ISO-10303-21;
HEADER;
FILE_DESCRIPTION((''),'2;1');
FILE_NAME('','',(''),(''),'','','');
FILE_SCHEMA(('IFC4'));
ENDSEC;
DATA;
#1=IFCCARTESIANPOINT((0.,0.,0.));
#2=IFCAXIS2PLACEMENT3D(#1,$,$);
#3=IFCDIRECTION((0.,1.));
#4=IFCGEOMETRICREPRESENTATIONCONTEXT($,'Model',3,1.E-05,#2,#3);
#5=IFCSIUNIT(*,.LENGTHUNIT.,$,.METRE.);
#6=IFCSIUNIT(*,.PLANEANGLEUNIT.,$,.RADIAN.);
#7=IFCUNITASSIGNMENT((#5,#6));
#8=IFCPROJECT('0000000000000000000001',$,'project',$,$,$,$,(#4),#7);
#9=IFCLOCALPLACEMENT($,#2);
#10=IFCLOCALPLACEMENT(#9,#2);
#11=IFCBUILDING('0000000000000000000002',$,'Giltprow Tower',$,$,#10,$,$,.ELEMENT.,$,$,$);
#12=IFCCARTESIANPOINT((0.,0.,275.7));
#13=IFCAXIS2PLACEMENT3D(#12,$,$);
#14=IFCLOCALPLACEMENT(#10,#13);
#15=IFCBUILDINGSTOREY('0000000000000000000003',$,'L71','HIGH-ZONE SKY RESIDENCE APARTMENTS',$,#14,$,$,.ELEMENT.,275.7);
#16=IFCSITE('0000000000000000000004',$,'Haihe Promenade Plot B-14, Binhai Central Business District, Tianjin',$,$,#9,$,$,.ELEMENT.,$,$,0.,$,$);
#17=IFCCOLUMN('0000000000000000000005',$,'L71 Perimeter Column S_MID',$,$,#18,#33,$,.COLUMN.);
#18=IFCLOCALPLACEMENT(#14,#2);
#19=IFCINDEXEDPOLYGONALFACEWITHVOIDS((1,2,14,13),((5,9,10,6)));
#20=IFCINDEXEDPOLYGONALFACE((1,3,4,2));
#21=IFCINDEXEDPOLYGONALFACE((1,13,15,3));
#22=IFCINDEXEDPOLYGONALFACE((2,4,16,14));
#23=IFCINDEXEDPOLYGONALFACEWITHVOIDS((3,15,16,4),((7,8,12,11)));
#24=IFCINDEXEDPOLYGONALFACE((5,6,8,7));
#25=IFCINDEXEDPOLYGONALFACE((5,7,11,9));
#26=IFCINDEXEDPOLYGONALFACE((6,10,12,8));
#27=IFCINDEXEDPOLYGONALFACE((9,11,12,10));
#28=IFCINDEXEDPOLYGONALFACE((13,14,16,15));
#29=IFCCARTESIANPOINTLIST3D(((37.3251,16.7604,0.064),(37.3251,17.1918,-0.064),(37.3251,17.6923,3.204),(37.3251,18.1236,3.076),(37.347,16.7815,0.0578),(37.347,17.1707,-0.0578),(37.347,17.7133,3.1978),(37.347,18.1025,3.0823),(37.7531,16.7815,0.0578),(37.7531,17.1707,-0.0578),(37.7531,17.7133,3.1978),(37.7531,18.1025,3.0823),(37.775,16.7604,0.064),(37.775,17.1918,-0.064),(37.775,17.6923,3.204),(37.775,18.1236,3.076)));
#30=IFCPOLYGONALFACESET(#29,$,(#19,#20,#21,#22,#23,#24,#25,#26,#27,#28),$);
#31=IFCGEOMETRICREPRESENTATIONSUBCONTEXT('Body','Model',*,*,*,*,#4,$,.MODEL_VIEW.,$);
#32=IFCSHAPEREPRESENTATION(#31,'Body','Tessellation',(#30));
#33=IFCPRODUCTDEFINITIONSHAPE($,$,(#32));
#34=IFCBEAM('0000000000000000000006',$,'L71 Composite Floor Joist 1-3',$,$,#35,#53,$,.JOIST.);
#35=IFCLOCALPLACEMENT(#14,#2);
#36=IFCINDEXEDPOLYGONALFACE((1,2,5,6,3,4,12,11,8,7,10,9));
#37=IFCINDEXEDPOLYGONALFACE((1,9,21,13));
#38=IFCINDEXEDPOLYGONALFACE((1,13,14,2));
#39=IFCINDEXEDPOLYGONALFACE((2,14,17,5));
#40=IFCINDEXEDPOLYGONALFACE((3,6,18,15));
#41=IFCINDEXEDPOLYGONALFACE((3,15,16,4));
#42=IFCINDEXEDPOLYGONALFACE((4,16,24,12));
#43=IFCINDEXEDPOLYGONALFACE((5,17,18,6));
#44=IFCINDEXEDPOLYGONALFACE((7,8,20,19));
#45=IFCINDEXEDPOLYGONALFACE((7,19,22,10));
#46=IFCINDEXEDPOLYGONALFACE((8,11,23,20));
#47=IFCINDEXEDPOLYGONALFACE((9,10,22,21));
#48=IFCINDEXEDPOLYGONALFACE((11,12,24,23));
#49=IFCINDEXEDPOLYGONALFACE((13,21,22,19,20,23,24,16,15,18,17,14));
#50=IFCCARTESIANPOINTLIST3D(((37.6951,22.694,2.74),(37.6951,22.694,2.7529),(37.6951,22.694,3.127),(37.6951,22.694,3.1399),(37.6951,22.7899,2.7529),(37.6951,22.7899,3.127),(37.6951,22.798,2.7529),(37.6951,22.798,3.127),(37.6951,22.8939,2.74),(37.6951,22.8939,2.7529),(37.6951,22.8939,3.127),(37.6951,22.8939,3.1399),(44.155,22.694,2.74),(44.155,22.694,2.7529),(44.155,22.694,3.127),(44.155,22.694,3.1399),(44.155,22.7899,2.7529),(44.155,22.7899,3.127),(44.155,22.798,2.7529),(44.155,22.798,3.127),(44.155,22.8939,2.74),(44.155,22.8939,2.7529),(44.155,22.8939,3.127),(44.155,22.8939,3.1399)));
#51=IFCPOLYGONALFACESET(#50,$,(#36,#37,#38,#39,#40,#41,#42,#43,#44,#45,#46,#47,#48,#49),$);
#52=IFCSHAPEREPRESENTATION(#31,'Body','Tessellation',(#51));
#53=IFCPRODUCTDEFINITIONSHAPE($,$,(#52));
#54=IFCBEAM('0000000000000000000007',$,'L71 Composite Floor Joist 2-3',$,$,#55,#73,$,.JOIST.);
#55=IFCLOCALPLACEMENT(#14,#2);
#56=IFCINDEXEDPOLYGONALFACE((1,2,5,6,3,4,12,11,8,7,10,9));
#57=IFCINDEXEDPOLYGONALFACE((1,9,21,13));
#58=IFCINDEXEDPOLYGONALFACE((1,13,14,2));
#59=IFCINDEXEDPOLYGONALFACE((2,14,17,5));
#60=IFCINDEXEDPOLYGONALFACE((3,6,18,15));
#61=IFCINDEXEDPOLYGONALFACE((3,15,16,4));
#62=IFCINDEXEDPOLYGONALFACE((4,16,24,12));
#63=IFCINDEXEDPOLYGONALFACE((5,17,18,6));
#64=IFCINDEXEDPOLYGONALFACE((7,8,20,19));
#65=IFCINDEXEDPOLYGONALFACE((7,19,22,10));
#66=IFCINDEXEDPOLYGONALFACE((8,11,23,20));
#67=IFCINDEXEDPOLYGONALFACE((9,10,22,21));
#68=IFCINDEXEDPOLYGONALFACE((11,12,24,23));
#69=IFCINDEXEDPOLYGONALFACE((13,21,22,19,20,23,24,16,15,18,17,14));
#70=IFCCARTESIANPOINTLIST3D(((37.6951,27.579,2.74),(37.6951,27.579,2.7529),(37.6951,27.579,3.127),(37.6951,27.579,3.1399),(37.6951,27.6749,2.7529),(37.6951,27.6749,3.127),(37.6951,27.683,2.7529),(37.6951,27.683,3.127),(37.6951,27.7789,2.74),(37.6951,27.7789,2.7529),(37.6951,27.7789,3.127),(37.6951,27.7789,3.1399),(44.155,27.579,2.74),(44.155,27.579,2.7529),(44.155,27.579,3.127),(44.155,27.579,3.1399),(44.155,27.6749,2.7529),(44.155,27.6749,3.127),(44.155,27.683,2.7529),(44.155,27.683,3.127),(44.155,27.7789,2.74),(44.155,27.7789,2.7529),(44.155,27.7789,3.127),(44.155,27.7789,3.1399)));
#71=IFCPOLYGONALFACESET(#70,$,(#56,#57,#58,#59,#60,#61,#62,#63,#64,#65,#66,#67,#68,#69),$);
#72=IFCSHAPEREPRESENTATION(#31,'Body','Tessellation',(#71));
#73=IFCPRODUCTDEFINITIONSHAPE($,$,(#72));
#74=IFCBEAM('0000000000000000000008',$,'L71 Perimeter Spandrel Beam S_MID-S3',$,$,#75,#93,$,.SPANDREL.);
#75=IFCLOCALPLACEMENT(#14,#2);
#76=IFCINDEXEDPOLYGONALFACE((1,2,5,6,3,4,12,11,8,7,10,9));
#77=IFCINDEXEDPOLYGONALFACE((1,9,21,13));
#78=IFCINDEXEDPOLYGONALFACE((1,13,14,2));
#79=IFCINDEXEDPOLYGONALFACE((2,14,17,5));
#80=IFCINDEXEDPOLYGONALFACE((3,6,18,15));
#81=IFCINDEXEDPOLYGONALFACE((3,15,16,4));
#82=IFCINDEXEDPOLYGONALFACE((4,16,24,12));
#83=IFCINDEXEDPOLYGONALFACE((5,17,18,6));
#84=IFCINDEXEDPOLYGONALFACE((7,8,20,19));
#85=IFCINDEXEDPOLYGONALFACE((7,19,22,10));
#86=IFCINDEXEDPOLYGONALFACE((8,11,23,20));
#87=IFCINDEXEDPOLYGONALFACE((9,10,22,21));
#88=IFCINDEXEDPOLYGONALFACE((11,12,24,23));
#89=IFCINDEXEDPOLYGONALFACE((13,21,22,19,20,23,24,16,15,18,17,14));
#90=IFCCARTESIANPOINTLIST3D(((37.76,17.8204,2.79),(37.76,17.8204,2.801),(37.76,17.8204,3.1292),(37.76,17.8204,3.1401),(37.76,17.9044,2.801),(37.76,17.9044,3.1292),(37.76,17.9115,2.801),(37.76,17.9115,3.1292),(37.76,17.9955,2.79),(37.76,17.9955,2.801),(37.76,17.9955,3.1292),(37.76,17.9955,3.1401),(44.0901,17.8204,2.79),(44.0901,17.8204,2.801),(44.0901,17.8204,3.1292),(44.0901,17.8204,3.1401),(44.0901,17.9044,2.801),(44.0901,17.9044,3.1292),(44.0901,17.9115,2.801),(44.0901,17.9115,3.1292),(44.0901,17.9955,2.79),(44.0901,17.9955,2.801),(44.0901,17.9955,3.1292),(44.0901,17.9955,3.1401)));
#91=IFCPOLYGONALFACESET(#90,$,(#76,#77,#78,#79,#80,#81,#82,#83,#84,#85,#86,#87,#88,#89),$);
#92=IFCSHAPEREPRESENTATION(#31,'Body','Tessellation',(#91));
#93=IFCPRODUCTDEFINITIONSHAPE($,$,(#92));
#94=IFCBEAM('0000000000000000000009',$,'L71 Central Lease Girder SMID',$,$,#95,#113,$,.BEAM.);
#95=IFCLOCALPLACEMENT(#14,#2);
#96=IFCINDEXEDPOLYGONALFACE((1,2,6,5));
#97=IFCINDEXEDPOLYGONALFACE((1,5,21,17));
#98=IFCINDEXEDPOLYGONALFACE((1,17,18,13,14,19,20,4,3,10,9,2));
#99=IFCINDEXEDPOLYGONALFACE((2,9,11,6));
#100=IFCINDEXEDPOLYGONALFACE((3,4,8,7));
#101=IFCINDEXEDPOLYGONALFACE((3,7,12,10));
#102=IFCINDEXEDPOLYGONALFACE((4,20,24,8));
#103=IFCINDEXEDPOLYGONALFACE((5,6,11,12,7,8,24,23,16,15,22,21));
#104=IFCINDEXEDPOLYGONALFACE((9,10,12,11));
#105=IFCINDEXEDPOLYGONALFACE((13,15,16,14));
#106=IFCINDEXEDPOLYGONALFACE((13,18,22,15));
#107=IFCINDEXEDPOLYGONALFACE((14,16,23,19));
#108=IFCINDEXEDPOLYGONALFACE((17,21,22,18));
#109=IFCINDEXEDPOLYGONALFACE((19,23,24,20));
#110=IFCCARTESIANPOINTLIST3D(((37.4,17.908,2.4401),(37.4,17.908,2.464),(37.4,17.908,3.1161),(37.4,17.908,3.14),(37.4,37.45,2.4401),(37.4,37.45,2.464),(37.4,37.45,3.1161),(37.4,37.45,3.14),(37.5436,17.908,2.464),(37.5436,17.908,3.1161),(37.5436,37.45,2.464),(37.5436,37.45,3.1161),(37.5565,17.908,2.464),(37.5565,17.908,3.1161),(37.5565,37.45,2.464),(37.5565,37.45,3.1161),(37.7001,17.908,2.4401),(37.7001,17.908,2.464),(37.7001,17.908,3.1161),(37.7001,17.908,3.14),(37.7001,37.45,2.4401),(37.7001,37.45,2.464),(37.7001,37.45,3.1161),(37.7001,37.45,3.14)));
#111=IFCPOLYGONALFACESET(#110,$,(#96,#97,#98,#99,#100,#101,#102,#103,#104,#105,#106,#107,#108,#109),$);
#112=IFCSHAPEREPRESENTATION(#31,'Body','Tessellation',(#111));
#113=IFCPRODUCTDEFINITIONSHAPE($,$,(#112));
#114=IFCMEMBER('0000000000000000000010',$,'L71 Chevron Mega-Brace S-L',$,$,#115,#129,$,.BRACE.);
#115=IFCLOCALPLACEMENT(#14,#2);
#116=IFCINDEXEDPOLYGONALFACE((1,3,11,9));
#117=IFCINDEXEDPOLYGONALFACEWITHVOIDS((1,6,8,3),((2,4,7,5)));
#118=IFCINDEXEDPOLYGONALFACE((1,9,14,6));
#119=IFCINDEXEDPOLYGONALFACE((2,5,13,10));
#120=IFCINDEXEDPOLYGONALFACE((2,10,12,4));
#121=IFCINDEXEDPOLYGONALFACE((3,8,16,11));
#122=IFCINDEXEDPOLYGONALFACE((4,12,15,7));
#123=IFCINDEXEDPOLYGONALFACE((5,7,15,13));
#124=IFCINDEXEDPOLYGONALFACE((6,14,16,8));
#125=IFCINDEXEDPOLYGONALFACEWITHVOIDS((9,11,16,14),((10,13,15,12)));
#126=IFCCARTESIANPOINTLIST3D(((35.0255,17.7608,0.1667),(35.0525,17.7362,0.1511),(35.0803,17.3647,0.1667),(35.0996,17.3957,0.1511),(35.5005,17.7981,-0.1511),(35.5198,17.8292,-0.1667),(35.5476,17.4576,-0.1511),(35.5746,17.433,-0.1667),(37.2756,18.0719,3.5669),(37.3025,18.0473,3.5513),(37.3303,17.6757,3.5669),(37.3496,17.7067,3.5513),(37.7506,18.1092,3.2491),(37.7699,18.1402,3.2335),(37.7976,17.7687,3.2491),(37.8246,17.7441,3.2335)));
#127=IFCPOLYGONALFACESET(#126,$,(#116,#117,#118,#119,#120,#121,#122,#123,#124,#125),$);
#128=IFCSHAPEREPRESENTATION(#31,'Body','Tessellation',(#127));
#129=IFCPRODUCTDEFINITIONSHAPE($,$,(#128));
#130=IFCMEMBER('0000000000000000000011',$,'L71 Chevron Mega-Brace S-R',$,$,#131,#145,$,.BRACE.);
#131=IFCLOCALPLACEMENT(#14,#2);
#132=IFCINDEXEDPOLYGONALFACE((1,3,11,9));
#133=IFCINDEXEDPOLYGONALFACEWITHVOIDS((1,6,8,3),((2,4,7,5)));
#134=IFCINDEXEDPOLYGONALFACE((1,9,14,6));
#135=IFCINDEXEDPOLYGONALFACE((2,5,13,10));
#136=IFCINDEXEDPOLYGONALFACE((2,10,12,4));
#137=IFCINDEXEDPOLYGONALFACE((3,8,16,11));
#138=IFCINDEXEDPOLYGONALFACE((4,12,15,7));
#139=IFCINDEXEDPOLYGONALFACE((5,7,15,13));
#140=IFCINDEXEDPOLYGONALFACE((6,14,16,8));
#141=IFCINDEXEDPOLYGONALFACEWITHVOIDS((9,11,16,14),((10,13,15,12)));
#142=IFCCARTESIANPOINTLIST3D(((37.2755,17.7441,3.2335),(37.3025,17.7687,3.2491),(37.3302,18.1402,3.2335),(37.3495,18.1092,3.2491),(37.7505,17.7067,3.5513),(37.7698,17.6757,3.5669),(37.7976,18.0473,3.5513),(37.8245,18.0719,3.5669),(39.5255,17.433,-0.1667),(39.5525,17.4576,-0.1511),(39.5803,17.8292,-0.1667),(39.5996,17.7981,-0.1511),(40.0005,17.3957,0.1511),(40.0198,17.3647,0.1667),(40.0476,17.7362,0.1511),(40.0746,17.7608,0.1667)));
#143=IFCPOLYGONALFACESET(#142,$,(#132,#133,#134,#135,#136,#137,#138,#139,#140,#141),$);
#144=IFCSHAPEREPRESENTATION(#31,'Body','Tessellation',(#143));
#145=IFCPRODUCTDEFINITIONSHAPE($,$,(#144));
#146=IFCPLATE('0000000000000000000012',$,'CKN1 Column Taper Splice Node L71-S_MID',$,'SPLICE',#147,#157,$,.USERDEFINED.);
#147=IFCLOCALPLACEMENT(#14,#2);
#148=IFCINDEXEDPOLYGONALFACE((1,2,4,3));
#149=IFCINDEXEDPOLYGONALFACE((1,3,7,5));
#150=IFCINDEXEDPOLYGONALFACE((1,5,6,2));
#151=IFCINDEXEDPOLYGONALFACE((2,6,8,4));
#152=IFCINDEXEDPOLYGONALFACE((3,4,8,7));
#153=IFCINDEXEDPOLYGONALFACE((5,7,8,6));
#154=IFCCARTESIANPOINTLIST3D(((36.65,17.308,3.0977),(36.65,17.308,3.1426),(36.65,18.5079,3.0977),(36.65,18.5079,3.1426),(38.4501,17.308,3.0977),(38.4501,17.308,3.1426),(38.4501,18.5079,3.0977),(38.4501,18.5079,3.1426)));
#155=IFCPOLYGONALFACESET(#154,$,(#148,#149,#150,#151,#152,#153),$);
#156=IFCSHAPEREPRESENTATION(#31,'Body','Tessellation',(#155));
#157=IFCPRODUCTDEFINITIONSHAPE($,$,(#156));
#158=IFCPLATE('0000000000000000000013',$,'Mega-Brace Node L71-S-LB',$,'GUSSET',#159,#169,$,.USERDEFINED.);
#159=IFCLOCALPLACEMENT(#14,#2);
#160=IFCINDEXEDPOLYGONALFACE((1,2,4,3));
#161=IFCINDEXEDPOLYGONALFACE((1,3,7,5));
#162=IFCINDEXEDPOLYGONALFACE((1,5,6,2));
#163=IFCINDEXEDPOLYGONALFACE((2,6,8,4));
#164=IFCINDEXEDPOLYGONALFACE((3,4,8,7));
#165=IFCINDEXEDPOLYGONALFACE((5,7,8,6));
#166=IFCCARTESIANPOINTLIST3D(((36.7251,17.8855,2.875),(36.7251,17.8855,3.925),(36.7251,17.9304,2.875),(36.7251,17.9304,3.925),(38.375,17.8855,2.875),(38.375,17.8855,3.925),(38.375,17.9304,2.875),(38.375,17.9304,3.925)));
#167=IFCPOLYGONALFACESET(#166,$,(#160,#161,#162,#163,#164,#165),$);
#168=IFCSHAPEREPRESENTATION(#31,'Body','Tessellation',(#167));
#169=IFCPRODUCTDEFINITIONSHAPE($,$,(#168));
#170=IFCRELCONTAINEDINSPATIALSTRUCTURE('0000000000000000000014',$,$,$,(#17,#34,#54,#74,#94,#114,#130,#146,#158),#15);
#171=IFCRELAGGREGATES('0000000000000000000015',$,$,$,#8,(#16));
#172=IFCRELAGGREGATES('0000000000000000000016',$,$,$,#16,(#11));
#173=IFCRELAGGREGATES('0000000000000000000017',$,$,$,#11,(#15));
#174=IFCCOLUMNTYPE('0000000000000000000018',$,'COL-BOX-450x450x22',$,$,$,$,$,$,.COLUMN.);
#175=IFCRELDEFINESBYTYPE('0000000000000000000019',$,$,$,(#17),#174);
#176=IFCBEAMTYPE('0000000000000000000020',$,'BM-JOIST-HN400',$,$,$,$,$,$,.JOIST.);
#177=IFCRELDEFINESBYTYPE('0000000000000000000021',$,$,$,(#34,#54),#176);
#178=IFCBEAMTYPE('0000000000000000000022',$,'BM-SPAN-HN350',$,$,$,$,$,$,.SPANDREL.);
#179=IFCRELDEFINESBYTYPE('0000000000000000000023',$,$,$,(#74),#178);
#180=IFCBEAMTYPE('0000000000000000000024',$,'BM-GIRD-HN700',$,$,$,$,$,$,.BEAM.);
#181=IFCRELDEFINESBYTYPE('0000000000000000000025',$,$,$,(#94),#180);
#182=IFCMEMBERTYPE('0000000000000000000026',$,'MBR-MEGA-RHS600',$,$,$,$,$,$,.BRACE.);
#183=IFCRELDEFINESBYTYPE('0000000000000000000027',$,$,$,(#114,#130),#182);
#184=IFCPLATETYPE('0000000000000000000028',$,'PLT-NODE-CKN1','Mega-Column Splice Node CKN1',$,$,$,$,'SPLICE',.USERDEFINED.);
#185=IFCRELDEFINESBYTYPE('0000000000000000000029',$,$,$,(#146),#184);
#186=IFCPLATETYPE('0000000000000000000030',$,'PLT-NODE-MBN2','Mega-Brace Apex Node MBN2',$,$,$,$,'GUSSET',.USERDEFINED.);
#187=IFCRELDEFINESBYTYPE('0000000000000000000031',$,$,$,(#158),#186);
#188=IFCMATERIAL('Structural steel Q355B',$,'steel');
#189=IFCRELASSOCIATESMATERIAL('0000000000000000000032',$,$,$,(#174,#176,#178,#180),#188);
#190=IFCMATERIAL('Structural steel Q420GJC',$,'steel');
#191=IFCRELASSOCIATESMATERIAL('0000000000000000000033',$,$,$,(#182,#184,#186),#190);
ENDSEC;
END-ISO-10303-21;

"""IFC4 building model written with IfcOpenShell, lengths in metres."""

from ifc_helpers import new_model, si_unit, direction, frame, origin, origin_2d, place, context, subcontext, project, spatial, rectangle, hollow_rectangle, i_section, extrude, source, transform, mapped, material, material_profile, profile_set, type_object, element, save


model = new_model("IFC4")

# Units and contexts
model_context = context("Model", 3, precision=1e-05, world=origin(), true_north=direction((0.0, 1.0)))
body_context = subcontext(model_context, "Body", "Model", "MODEL_VIEW")
ifc_project = project(units=[si_unit("LENGTHUNIT", "METRE"), si_unit("PLANEANGLEUNIT", "RADIAN")], contexts=[model_context])

# Site, building, storey
site_placement = place(None, origin())
site = spatial("IfcSite", under=ifc_project, at=site_placement, Name="Haihe Promenade Plot B-14, Binhai Central Business District, Tianjin", CompositionType="ELEMENT", RefElevation=0.0)
building_placement = place(site_placement, origin())
building = spatial("IfcBuilding", under=site, at=building_placement, Name="Giltprow Tower", CompositionType="ELEMENT")
storey_placement = place(building_placement, frame((0.0, 0.0, 275.7)))
storey = spatial("IfcBuildingStorey", under=building, at=storey_placement, Name="L71", Description="HIGH-ZONE SKY RESIDENCE APARTMENTS", CompositionType="ELEMENT", Elevation=275.7)

# Column
ifc_material_1 = material(Name="Structural steel Q355B", Category="steel")
ifc_material_profile_1 = material_profile(ifc_material_1, hollow_rectangle(XDim=0.45, YDim=0.45, WallThickness=0.022, at=origin_2d()), Name="BOX 450x450x22")
ifc_profile_set_1 = profile_set([ifc_material_profile_1], Name="Structural steel Q355B")
column_type = type_object("IfcColumnType", Name="COL-BOX-450x450x22", PredefinedType="COLUMN", material=ifc_profile_set_1)
shared_shape_1 = source(origin(), body_context, "Body", "SweptSolid", [
    extrude(hollow_rectangle(XDim=0.45, YDim=0.45, WallThickness=0.022, at=origin_2d()), origin(), (0.0, 0.0, 1.0), 3.2754),
])
column_placement = place(storey_placement, frame((37.55, 16.9761, 0.0), z_axis=(0.0, 0.284502, 0.958675), x_axis=(-1.0, 0.0, 0.0)))
element("IfcColumn", 1, at=column_placement, inside=storey, type_object=column_type, Name="L71 Perimeter Column S_MID", PredefinedType="COLUMN", context=body_context, shape_type="MappedRepresentation", body=[
    mapped(shared_shape_1, transform((0.0, 0.0, 0.0), x_axis=(1.0, 0.0, 0.0), y_axis=(0.0, 1.0, 0.0), z_axis=(0.0, 0.0, 1.0), scale=1.0)),
])

# Beams
ifc_material_profile_2 = material_profile(ifc_material_1, i_section(OverallWidth=0.2, OverallDepth=0.3999, WebThickness=0.0081, FlangeThickness=0.0129, at=origin_2d()), Name="HN 400x200x8x13")
ifc_profile_set_2 = profile_set([ifc_material_profile_2], Name="Structural steel Q355B")
beam_type_1 = type_object("IfcBeamType", Name="BM-JOIST-HN400", PredefinedType="JOIST", material=ifc_profile_set_2)
shared_shape_2 = source(origin(), body_context, "Body", "SweptSolid", [
    extrude(i_section(OverallWidth=0.2, OverallDepth=0.3999, WebThickness=0.0081, FlangeThickness=0.0129, at=origin_2d()), origin(), (0.0, 0.0, 1.0), 6.46),
])
for number, where, z_axis, x_axis, name in (
    (2, (37.6951, 22.7939, 2.9399), (1.0, 0.0, 0.0), (0.0, 1.0, 0.0), "L71 Composite Floor Joist 1-3"),
    (3, (37.6951, 27.679, 2.9399), (1.0, 0.0, 0.0), (0.0, 1.0, 0.0), "L71 Composite Floor Joist 2-3"),
):
    element("IfcBeam", number, at=place(storey_placement, frame(where, z_axis=z_axis, x_axis=x_axis)), inside=storey, type_object=beam_type_1, Name=name, PredefinedType="JOIST", context=body_context, shape_type="MappedRepresentation", body=[
        mapped(shared_shape_2, transform((0.0, 0.0, 0.0), x_axis=(1.0, 0.0, 0.0), y_axis=(0.0, 1.0, 0.0), z_axis=(0.0, 0.0, 1.0), scale=1.0)),
    ])
ifc_material_profile_3 = material_profile(ifc_material_1, i_section(OverallWidth=0.175, OverallDepth=0.3501, WebThickness=0.0071, FlangeThickness=0.011, at=origin_2d()), Name="HN 350x175x7x11")
ifc_profile_set_3 = profile_set([ifc_material_profile_3], Name="Structural steel Q355B")
beam_type_2 = type_object("IfcBeamType", Name="BM-SPAN-HN350", PredefinedType="SPANDREL", material=ifc_profile_set_3)
shared_shape_3 = source(origin(), body_context, "Body", "SweptSolid", [
    extrude(i_section(OverallWidth=0.175, OverallDepth=0.3501, WebThickness=0.0071, FlangeThickness=0.011, at=origin_2d()), origin(), (0.0, 0.0, 1.0), 6.3301),
])
beam_1_placement = place(storey_placement, frame((37.76, 17.908, 2.9651), z_axis=(1.0, 0.0, 0.0), x_axis=(0.0, 1.0, 0.0)))
element("IfcBeam", 4, at=beam_1_placement, inside=storey, type_object=beam_type_2, Name="L71 Perimeter Spandrel Beam S_MID-S3", PredefinedType="SPANDREL", context=body_context, shape_type="MappedRepresentation", body=[
    mapped(shared_shape_3, transform((0.0, 0.0, 0.0), x_axis=(1.0, 0.0, 0.0), y_axis=(0.0, 1.0, 0.0), z_axis=(0.0, 0.0, 1.0), scale=1.0)),
])
ifc_material_profile_4 = material_profile(ifc_material_1, i_section(OverallWidth=0.3, OverallDepth=0.7, WebThickness=0.0129, FlangeThickness=0.0239, at=origin_2d()), Name="HN 700x300x13x24")
ifc_profile_set_4 = profile_set([ifc_material_profile_4], Name="Structural steel Q355B")
beam_type_3 = type_object("IfcBeamType", Name="BM-GIRD-HN700", PredefinedType="BEAM", material=ifc_profile_set_4)
shared_shape_4 = source(origin(), body_context, "Body", "SweptSolid", [
    extrude(i_section(OverallWidth=0.3, OverallDepth=0.7, WebThickness=0.0129, FlangeThickness=0.0239, at=origin_2d()), origin(), (0.0, 0.0, 1.0), 19.542),
])
beam_2_placement = place(storey_placement, frame((37.55, 17.908, 2.79), z_axis=(0.0, 1.0, 0.0), x_axis=(-1.0, 0.0, 0.0)))
element("IfcBeam", 5, at=beam_2_placement, inside=storey, type_object=beam_type_3, Name="L71 Central Lease Girder SMID", PredefinedType="BEAM", context=body_context, shape_type="MappedRepresentation", body=[
    mapped(shared_shape_4, transform((0.0, 0.0, 0.0), x_axis=(1.0, 0.0, 0.0), y_axis=(0.0, 1.0, 0.0), z_axis=(0.0, 0.0, 1.0), scale=1.0)),
])

# Members
ifc_material_2 = material(Name="Structural steel Q420GJC", Category="steel")
ifc_material_profile_5 = material_profile(ifc_material_2, hollow_rectangle(XDim=0.3999, YDim=0.6001, WallThickness=0.0281, at=origin_2d()), Name="RHS 600x400x28")
ifc_profile_set_5 = profile_set([ifc_material_profile_5], Name="Structural steel Q420GJC")
member_type = type_object("IfcMemberType", Name="MBR-MEGA-RHS600", PredefinedType="BRACE", material=ifc_profile_set_5)
shared_shape_5 = source(origin(), body_context, "Body", "SweptSolid", [
    extrude(hollow_rectangle(XDim=0.3999, YDim=0.6001, WallThickness=0.0281, at=origin_2d()), origin(), (0.0, 0.0, 1.0), 4.0891),
])
for number, where, z_axis, x_axis, name in (
    (6, (35.3, 17.5969, 0.0), (0.550252, 0.076066, 0.831527), (-0.136936, 0.99058, 0.0), "L71 Chevron Mega-Brace S-L"),
    (7, (39.8, 17.5969, 0.0), (-0.550252, 0.076066, 0.831527), (-0.136936, -0.99058, 0.0), "L71 Chevron Mega-Brace S-R"),
):
    element("IfcMember", number, at=place(storey_placement, frame(where, z_axis=z_axis, x_axis=x_axis)), inside=storey, type_object=member_type, Name=name, PredefinedType="BRACE", context=body_context, shape_type="MappedRepresentation", body=[
        mapped(shared_shape_5, transform((0.0, 0.0, 0.0), x_axis=(1.0, 0.0, 0.0), y_axis=(0.0, 1.0, 0.0), z_axis=(0.0, 0.0, 1.0), scale=1.0)),
    ])

# Plates
plate_type_1 = type_object("IfcPlateType", Name="PLT-NODE-CKN1", Description="Mega-Column Splice Node CKN1", ElementType="SPLICE", PredefinedType="USERDEFINED", material=ifc_material_2)
shared_shape_6 = source(origin(), body_context, "Body", "SweptSolid", [
    extrude(rectangle(XDim=1.8, YDim=1.2, at=origin_2d()), origin(), (0.0, 0.0, 1.0), 0.0449),
])
plate_1_placement = place(storey_placement, frame((37.55, 17.908, 3.0977), z_axis=(0.0, 0.0, 1.0), x_axis=(1.0, 0.0, 0.0)))
element("IfcPlate", 8, at=plate_1_placement, inside=storey, type_object=plate_type_1, Name="CKN1 Column Taper Splice Node L71-S_MID", ObjectType="SPLICE", PredefinedType="USERDEFINED", context=body_context, shape_type="MappedRepresentation", body=[
    mapped(shared_shape_6, transform((0.0, 0.0, 0.0), x_axis=(1.0, 0.0, 0.0), y_axis=(0.0, 1.0, 0.0), z_axis=(0.0, 0.0, 1.0), scale=1.0)),
])
plate_type_2 = type_object("IfcPlateType", Name="PLT-NODE-MBN2", Description="Mega-Brace Apex Node MBN2", ElementType="GUSSET", PredefinedType="USERDEFINED", material=ifc_material_2)
shared_shape_7 = source(origin(), body_context, "Body", "SweptSolid", [
    extrude(rectangle(XDim=1.6499, YDim=0.0449, at=origin_2d()), origin(), (0.0, 0.0, 1.0), 1.05),
])
plate_2_placement = place(storey_placement, frame((37.55, 17.908, 2.875), z_axis=(0.0, 0.0, 1.0), x_axis=(1.0, 0.0, 0.0)))
element("IfcPlate", 9, at=plate_2_placement, inside=storey, type_object=plate_type_2, Name="Mega-Brace Node L71-S-LB", ObjectType="GUSSET", PredefinedType="USERDEFINED", context=body_context, shape_type="MappedRepresentation", body=[
    mapped(shared_shape_7, transform((0.0, 0.0, 0.0), x_axis=(1.0, 0.0, 0.0), y_axis=(0.0, 1.0, 0.0), z_axis=(0.0, 0.0, 1.0), scale=1.0)),
])

save(model, "model.ifc")
